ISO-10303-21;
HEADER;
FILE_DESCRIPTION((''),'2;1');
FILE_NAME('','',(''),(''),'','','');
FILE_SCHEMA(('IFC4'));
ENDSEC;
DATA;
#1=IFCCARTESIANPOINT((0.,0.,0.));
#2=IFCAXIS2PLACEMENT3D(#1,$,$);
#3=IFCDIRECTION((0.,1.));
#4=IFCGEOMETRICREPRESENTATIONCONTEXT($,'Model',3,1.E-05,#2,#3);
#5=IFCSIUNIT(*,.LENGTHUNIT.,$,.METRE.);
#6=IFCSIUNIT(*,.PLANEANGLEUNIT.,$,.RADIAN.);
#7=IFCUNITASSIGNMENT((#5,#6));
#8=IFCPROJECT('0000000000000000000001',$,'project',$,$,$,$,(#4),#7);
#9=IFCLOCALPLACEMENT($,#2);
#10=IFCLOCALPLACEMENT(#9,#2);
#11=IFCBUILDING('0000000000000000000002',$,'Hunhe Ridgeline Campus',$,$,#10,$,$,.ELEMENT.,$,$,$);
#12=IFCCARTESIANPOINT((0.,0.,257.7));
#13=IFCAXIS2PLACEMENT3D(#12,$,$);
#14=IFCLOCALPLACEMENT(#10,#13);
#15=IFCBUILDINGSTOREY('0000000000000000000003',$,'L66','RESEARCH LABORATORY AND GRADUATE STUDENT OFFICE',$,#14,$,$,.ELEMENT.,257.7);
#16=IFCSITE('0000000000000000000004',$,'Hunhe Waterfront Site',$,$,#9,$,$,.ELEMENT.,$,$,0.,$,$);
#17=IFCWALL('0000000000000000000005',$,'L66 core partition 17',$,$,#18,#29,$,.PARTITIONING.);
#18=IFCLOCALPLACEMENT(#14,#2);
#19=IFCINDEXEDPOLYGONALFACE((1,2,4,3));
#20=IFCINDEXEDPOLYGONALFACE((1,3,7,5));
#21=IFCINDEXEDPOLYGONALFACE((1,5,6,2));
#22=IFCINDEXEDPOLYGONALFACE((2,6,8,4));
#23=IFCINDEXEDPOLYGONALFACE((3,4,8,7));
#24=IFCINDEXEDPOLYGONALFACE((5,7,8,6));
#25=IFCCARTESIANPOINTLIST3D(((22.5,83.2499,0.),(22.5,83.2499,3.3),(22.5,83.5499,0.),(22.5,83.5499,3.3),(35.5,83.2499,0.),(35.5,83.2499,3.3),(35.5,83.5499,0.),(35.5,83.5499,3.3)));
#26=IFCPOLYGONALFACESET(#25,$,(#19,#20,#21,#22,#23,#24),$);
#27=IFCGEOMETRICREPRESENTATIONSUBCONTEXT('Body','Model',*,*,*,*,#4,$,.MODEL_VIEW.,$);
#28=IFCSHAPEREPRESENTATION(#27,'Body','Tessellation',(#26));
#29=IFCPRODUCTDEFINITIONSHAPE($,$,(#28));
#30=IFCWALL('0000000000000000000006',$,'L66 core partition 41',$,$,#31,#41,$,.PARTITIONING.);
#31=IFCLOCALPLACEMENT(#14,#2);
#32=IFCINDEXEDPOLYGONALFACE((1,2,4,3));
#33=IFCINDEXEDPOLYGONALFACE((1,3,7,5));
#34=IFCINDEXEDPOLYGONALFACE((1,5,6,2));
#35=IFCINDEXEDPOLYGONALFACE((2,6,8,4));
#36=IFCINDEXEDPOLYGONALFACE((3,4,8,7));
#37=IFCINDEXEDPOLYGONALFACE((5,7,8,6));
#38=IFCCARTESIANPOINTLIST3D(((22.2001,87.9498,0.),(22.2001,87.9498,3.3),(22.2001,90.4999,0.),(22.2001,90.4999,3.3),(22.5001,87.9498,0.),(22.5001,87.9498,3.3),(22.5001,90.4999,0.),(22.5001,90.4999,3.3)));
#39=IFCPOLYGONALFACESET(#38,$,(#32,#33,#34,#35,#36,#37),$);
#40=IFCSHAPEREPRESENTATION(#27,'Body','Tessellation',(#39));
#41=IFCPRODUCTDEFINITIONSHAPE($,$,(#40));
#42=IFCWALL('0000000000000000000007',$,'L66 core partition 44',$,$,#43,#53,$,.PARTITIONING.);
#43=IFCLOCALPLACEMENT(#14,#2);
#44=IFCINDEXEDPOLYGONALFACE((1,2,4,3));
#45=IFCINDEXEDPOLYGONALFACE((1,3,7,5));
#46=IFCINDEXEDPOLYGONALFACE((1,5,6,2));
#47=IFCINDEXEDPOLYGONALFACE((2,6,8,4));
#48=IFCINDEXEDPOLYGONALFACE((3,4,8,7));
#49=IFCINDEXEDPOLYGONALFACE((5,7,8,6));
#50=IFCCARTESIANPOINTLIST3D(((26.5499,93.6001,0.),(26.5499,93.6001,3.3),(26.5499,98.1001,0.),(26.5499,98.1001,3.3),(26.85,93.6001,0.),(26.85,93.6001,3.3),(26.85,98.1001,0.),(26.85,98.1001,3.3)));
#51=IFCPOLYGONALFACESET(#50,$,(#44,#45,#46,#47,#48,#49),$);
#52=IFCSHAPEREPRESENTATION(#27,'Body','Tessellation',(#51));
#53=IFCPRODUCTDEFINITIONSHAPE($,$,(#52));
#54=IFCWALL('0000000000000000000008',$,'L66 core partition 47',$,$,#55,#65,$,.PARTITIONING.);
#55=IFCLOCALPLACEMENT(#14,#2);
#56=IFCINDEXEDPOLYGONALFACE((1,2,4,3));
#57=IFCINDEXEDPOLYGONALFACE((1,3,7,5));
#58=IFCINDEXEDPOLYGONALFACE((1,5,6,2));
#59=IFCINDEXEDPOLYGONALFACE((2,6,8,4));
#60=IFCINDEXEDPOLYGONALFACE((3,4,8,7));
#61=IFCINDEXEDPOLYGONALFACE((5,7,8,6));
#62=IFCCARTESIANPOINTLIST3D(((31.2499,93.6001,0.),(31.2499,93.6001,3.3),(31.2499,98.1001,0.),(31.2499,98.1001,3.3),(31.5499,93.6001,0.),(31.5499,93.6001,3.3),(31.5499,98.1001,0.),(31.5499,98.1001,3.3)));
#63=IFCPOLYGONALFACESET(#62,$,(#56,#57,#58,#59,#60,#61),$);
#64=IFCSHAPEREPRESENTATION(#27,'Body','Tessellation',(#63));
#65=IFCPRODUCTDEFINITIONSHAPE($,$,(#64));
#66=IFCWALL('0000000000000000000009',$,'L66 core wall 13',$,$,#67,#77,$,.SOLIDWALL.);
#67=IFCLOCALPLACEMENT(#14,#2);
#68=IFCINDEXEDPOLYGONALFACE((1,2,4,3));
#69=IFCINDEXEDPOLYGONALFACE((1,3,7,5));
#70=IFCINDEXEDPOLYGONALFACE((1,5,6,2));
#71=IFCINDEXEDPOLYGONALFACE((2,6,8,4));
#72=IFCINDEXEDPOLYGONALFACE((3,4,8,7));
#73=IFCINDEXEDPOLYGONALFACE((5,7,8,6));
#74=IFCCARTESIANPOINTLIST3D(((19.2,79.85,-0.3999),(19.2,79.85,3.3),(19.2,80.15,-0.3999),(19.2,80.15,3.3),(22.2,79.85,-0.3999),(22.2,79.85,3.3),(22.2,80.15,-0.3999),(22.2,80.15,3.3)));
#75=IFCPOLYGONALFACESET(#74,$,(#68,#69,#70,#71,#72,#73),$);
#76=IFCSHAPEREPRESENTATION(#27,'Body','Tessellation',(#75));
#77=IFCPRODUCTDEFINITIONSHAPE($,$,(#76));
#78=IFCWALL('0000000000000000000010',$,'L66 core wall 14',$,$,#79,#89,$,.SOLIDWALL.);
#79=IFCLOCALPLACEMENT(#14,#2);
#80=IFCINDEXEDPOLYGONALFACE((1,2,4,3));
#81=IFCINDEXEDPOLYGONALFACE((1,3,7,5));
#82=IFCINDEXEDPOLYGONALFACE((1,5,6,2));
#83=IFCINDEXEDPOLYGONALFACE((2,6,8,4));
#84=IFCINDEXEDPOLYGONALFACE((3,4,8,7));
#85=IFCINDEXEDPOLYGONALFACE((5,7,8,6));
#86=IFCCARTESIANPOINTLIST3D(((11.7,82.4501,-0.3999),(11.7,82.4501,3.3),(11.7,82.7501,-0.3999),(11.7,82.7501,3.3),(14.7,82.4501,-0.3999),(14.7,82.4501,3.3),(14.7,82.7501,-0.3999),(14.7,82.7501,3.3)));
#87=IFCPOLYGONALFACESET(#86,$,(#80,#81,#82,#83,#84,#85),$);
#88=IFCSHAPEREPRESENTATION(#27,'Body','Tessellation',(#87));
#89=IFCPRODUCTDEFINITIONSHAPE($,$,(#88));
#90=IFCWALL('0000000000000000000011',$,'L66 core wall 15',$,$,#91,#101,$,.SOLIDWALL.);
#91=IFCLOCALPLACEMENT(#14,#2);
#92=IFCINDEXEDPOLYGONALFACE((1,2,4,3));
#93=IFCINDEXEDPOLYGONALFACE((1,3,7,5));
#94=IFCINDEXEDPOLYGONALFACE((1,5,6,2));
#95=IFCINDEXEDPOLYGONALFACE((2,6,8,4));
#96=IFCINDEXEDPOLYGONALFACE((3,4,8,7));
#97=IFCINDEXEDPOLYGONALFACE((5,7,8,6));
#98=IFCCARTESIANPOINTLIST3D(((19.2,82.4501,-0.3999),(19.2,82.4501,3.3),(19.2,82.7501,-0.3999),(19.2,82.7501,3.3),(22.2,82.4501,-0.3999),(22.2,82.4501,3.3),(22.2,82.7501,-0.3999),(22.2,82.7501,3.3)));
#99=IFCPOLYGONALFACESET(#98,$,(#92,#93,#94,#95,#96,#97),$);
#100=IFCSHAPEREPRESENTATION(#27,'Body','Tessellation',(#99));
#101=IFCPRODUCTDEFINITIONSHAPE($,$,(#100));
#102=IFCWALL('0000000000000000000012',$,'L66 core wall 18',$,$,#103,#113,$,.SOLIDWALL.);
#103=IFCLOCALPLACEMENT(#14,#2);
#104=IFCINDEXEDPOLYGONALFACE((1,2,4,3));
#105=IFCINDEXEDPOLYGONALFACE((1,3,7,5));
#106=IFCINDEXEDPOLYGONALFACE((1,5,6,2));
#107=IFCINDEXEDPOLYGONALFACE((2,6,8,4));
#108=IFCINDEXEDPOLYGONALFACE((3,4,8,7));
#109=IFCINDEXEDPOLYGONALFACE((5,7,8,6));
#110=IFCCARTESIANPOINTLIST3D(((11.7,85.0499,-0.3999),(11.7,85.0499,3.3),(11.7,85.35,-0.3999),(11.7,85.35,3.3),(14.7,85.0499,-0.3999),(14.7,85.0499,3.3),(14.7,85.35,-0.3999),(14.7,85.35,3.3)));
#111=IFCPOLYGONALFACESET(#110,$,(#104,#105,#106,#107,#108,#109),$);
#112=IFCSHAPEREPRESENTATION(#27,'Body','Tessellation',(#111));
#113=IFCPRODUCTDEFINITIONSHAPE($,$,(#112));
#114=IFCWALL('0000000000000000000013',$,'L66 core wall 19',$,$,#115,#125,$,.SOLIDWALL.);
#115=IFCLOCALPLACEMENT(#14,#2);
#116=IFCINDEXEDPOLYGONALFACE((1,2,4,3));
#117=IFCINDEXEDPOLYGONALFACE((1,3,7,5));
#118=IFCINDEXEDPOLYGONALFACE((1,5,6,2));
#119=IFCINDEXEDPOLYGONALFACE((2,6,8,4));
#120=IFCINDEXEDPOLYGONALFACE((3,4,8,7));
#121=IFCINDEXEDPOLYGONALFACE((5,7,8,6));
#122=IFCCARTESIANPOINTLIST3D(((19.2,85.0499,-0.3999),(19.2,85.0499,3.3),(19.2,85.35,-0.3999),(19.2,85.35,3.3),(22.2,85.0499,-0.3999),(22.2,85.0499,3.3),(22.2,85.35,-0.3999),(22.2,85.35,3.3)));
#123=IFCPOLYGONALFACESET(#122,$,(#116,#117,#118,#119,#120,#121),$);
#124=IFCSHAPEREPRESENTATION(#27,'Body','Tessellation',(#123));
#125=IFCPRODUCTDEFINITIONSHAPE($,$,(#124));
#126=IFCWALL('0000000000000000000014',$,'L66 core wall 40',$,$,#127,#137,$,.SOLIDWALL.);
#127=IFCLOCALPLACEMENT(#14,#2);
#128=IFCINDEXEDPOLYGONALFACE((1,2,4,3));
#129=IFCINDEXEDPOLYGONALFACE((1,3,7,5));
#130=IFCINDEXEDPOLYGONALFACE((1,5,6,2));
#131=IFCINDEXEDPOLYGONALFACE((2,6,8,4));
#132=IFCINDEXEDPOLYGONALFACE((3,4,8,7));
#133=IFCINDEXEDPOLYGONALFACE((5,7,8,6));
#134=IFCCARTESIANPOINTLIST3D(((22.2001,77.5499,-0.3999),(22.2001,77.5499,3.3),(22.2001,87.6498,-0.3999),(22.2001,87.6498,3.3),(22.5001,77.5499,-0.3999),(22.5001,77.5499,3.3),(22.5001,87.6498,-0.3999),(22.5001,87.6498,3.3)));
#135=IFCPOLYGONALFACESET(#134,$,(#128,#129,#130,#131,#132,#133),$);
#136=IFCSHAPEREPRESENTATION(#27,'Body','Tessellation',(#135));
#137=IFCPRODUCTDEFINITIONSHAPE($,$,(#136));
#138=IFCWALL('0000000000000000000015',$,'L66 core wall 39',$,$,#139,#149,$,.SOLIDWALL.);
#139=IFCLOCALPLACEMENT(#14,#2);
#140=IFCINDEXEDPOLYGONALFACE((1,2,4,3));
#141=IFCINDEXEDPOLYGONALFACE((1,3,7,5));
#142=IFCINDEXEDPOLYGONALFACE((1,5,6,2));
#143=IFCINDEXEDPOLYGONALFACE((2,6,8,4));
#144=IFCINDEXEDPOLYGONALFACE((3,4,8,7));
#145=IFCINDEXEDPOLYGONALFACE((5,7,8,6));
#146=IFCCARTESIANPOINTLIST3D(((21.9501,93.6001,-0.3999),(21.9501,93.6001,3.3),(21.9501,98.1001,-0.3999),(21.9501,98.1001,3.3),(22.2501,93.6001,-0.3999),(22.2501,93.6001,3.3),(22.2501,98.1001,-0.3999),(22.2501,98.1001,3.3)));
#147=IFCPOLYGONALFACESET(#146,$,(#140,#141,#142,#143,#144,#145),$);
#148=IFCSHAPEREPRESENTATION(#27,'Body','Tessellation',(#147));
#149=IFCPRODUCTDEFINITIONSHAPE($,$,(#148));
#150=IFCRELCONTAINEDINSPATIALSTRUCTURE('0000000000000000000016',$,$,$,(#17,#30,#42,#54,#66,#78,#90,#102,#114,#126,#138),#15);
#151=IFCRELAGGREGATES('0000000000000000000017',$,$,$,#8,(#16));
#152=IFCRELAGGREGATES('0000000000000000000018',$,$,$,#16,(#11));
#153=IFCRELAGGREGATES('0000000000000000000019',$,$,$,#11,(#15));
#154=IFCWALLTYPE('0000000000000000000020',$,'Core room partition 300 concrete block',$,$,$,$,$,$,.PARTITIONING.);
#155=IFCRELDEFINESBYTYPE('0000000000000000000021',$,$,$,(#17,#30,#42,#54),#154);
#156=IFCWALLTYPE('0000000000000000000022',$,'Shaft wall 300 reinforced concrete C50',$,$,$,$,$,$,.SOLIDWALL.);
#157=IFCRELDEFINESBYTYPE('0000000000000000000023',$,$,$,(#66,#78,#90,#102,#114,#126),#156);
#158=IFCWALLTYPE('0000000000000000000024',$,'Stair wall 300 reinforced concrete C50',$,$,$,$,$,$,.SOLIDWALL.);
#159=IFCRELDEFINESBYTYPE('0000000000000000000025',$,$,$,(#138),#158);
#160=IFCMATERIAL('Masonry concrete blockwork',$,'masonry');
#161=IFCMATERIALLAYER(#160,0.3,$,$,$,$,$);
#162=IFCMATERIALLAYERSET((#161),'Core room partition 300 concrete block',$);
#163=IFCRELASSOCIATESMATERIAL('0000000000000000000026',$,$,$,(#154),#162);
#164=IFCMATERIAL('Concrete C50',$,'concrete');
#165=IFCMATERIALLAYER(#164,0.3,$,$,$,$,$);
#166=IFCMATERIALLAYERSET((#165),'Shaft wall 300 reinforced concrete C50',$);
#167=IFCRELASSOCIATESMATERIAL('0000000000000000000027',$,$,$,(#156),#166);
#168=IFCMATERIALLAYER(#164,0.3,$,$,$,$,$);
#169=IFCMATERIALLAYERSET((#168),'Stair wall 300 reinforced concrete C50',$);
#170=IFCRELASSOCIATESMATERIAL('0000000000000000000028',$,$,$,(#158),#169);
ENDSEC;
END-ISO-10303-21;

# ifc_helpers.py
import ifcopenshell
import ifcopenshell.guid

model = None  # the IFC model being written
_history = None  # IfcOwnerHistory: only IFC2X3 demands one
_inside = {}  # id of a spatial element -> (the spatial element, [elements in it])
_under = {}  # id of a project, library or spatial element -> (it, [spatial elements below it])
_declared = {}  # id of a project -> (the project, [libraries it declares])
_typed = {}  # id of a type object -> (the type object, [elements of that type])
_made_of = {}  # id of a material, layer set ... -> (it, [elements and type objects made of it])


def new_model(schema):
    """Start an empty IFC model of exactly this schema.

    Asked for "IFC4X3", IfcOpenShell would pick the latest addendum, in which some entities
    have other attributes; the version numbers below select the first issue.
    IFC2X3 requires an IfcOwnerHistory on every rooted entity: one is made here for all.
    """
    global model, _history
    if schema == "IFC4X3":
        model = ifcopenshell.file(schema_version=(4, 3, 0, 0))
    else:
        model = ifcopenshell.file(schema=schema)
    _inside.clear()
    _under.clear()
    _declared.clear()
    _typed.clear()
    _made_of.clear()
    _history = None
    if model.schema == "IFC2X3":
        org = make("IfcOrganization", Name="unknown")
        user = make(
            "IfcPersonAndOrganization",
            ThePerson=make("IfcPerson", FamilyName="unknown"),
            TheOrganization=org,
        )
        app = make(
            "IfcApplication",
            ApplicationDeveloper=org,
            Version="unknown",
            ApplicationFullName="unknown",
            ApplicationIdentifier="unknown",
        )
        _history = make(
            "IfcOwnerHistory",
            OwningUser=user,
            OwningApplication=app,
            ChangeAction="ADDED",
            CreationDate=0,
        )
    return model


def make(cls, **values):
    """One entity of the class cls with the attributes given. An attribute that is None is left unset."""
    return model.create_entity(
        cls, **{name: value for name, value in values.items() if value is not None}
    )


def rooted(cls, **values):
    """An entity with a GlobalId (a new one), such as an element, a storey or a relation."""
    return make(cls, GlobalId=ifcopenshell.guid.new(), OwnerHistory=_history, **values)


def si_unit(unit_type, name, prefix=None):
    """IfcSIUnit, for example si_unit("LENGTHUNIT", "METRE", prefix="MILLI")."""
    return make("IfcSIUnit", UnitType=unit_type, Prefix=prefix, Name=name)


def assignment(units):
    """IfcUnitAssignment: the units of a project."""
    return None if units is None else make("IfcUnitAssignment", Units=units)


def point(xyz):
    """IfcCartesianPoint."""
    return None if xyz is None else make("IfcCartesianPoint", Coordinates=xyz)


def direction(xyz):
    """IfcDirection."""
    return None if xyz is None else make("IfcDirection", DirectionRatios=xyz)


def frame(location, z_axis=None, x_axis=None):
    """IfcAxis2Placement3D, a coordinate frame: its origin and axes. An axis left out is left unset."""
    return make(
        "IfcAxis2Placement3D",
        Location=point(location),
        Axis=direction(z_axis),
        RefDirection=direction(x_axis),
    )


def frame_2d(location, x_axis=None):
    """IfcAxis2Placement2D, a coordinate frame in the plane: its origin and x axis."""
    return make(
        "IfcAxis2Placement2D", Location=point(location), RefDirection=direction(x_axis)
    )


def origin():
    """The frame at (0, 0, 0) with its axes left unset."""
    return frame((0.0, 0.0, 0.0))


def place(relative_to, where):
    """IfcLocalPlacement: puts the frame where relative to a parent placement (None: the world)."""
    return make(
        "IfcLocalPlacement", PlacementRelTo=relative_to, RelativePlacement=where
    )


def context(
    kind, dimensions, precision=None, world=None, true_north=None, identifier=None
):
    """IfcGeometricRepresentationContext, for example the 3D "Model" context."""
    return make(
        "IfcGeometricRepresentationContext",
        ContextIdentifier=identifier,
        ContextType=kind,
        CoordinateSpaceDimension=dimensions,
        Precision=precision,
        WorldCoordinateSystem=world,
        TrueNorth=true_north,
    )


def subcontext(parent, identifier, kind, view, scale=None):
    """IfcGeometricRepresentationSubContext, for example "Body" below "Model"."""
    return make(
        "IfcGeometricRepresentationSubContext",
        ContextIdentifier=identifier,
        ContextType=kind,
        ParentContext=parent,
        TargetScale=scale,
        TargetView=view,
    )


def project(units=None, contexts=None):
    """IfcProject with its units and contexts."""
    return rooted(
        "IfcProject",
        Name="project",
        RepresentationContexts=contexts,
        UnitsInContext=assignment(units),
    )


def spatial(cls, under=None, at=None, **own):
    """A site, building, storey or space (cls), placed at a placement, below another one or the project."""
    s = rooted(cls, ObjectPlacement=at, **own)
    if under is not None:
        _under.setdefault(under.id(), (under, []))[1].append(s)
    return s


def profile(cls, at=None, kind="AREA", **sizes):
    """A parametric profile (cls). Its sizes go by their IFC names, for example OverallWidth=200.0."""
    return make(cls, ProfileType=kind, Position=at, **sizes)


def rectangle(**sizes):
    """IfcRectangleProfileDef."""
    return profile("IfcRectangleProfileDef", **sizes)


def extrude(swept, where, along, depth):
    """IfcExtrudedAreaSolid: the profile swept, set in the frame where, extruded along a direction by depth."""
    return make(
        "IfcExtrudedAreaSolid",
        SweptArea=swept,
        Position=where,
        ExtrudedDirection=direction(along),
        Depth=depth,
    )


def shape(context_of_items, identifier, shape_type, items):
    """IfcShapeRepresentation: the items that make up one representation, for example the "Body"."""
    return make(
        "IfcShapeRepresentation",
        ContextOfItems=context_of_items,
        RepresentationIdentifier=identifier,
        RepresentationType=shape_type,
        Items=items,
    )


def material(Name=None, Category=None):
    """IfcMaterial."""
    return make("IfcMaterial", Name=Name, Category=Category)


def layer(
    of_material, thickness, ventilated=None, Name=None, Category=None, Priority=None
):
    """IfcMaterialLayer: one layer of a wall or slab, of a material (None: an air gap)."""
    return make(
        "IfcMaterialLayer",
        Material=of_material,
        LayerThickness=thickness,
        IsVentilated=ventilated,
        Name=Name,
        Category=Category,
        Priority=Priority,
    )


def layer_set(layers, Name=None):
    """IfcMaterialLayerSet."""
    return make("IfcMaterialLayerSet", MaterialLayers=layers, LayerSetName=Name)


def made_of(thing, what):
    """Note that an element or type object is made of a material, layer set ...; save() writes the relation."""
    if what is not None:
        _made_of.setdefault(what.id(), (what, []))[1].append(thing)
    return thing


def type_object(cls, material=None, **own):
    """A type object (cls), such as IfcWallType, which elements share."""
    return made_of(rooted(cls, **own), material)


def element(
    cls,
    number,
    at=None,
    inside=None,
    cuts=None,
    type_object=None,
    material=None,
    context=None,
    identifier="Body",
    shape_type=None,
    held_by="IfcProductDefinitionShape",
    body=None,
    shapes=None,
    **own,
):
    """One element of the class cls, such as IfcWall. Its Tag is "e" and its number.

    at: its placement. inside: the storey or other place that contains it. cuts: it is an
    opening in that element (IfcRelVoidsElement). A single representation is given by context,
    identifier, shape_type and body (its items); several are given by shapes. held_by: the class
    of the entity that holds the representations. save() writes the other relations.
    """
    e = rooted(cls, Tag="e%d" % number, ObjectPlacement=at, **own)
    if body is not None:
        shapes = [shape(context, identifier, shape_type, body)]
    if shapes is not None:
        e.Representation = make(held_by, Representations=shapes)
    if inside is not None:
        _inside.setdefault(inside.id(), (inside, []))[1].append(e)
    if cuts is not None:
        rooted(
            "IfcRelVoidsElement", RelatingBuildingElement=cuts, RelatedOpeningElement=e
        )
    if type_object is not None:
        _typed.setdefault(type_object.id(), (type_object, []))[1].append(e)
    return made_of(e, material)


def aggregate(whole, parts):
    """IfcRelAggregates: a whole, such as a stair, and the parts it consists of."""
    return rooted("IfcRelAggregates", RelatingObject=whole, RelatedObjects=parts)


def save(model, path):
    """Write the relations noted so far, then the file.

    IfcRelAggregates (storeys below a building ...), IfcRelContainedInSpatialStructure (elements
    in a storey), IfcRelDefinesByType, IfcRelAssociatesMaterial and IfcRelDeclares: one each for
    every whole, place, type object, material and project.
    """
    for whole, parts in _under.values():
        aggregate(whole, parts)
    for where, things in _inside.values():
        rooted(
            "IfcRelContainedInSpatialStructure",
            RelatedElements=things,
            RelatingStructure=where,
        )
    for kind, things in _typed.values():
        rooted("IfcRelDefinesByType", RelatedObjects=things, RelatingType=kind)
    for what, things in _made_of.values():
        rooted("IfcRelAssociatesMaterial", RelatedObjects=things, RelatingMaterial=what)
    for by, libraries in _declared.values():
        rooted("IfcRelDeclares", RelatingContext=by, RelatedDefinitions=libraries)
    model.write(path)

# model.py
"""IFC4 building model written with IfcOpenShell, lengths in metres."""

from ifc_helpers import new_model, si_unit, direction, frame, frame_2d, origin, place, context, subcontext, project, spatial, rectangle, extrude, material, layer, layer_set, type_object, element, save


model = new_model("IFC4")

# Units and contexts
model_context = context("Model", 3, precision=1e-05, world=origin(), true_north=direction((0.0, 1.0)))
body_context = subcontext(model_context, "Body", "Model", "MODEL_VIEW")
ifc_project = project(units=[si_unit("LENGTHUNIT", "METRE"), si_unit("PLANEANGLEUNIT", "RADIAN")], contexts=[model_context])

# Site, building, storey
site_placement = place(None, origin())
site = spatial("IfcSite", under=ifc_project, at=site_placement, Name="Hunhe Waterfront Site", CompositionType="ELEMENT", RefElevation=0.0)
building_placement = place(site_placement, origin())
building = spatial("IfcBuilding", under=site, at=building_placement, Name="Hunhe Ridgeline Campus", CompositionType="ELEMENT")
storey_placement = place(building_placement, frame((0.0, 0.0, 257.7)))
storey = spatial("IfcBuildingStorey", under=building, at=storey_placement, Name="L66", Description="RESEARCH LABORATORY AND GRADUATE STUDENT OFFICE", CompositionType="ELEMENT", Elevation=257.7)

# Shared definitions
ifc_material_1 = material(Name="Masonry concrete blockwork", Category="masonry")
ifc_layer_1 = layer(ifc_material_1, 0.3)
ifc_layer_set_1 = layer_set([ifc_layer_1], Name="Core room partition 300 concrete block")
wall_type_1 = type_object("IfcWallType", Name="Core room partition 300 concrete block", PredefinedType="PARTITIONING", material=ifc_layer_set_1)

# Walls
wall_1_placement = place(storey_placement, frame((22.5, 83.3999, 0.0), z_axis=(0.0, 0.0, 1.0), x_axis=(1.0, 0.0, 0.0)))
element("IfcWall", 1, at=wall_1_placement, inside=storey, type_object=wall_type_1, Name="L66 core partition 17", PredefinedType="PARTITIONING", context=body_context, shape_type="SweptSolid", body=[
    extrude(rectangle(XDim=13.0, YDim=0.3, at=frame_2d((6.5, 0.0))), origin(), (0.0, 0.0, 1.0), 3.3),
])
wall_2_placement = place(storey_placement, frame((22.3501, 87.95, 0.0), z_axis=(0.0, 0.0, 1.0), x_axis=(0.0, 1.0, 0.0)))
element("IfcWall", 2, at=wall_2_placement, inside=storey, type_object=wall_type_1, Name="L66 core partition 41", PredefinedType="PARTITIONING", context=body_context, shape_type="SweptSolid", body=[
    extrude(rectangle(XDim=2.55, YDim=0.3, at=frame_2d((1.2749, 0.0))), origin(), (0.0, 0.0, 1.0), 3.3),
])
for number, where, z_axis, x_axis, name in (
    (3, (26.7, 93.6001, 0.0), (0.0, 0.0, 1.0), (0.0, 1.0, 0.0), "L66 core partition 44"),
    (4, (31.3999, 93.6001, 0.0), (0.0, 0.0, 1.0), (0.0, 1.0, 0.0), "L66 core partition 47"),
):
    element("IfcWall", number, at=place(storey_placement, frame(where, z_axis=z_axis, x_axis=x_axis)), inside=storey, type_object=wall_type_1, Name=name, PredefinedType="PARTITIONING", context=body_context, shape_type="SweptSolid", body=[
        extrude(rectangle(XDim=4.5, YDim=0.3, at=frame_2d((2.25, 0.0))), origin(), (0.0, 0.0, 1.0), 3.3),
    ])
ifc_material_2 = material(Name="Concrete C50", Category="concrete")
ifc_layer_2 = layer(ifc_material_2, 0.3)
ifc_layer_set_2 = layer_set([ifc_layer_2], Name="Shaft wall 300 reinforced concrete C50")
wall_type_2 = type_object("IfcWallType", Name="Shaft wall 300 reinforced concrete C50", PredefinedType="SOLIDWALL", material=ifc_layer_set_2)
for number, where, z_axis, x_axis, name in (
    (5, (19.2, 80.0, -0.3999), (0.0, 0.0, 1.0), (1.0, 0.0, 0.0), "L66 core wall 13"),
    (6, (11.7, 82.6001, -0.3999), (0.0, 0.0, 1.0), (1.0, 0.0, 0.0), "L66 core wall 14"),
    (7, (19.2, 82.6001, -0.3999), (0.0, 0.0, 1.0), (1.0, 0.0, 0.0), "L66 core wall 15"),
    (8, (11.7, 85.2, -0.3999), (0.0, 0.0, 1.0), (1.0, 0.0, 0.0), "L66 core wall 18"),
    (9, (19.2, 85.2, -0.3999), (0.0, 0.0, 1.0), (1.0, 0.0, 0.0), "L66 core wall 19"),
):
    element("IfcWall", number, at=place(storey_placement, frame(where, z_axis=z_axis, x_axis=x_axis)), inside=storey, type_object=wall_type_2, Name=name, PredefinedType="SOLIDWALL", context=body_context, shape_type="SweptSolid", body=[
        extrude(rectangle(XDim=3.0, YDim=0.3, at=frame_2d((1.5, 0.0))), origin(), (0.0, 0.0, 1.0), 3.7),
    ])

# Wall
wall_3_placement = place(storey_placement, frame((22.3501, 77.55, -0.3999), z_axis=(0.0, 0.0, 1.0), x_axis=(0.0, 1.0, 0.0)))
element("IfcWall", 10, at=wall_3_placement, inside=storey, type_object=wall_type_2, Name="L66 core wall 40", PredefinedType="SOLIDWALL", context=body_context, shape_type="SweptSolid", body=[
    extrude(rectangle(XDim=10.0999, YDim=0.3, at=frame_2d((5.0498, 0.0))), origin(), (0.0, 0.0, 1.0), 3.7),
])

# Shared definitions
ifc_layer_3 = layer(ifc_material_2, 0.3)
ifc_layer_set_3 = layer_set([ifc_layer_3], Name="Stair wall 300 reinforced concrete C50")
wall_type_3 = type_object("IfcWallType", Name="Stair wall 300 reinforced concrete C50", PredefinedType="SOLIDWALL", material=ifc_layer_set_3)

# Wall
wall_4_placement = place(storey_placement, frame((22.1001, 93.6001, -0.3999), z_axis=(0.0, 0.0, 1.0), x_axis=(0.0, 1.0, 0.0)))
element("IfcWall", 11, at=wall_4_placement, inside=storey, type_object=wall_type_3, Name="L66 core wall 39", PredefinedType="SOLIDWALL", context=body_context, shape_type="SweptSolid", body=[
    extrude(rectangle(XDim=4.5, YDim=0.3, at=frame_2d((2.25, 0.0))), origin(), (0.0, 0.0, 1.0), 3.7),
])

save(model, "model.ifc")
